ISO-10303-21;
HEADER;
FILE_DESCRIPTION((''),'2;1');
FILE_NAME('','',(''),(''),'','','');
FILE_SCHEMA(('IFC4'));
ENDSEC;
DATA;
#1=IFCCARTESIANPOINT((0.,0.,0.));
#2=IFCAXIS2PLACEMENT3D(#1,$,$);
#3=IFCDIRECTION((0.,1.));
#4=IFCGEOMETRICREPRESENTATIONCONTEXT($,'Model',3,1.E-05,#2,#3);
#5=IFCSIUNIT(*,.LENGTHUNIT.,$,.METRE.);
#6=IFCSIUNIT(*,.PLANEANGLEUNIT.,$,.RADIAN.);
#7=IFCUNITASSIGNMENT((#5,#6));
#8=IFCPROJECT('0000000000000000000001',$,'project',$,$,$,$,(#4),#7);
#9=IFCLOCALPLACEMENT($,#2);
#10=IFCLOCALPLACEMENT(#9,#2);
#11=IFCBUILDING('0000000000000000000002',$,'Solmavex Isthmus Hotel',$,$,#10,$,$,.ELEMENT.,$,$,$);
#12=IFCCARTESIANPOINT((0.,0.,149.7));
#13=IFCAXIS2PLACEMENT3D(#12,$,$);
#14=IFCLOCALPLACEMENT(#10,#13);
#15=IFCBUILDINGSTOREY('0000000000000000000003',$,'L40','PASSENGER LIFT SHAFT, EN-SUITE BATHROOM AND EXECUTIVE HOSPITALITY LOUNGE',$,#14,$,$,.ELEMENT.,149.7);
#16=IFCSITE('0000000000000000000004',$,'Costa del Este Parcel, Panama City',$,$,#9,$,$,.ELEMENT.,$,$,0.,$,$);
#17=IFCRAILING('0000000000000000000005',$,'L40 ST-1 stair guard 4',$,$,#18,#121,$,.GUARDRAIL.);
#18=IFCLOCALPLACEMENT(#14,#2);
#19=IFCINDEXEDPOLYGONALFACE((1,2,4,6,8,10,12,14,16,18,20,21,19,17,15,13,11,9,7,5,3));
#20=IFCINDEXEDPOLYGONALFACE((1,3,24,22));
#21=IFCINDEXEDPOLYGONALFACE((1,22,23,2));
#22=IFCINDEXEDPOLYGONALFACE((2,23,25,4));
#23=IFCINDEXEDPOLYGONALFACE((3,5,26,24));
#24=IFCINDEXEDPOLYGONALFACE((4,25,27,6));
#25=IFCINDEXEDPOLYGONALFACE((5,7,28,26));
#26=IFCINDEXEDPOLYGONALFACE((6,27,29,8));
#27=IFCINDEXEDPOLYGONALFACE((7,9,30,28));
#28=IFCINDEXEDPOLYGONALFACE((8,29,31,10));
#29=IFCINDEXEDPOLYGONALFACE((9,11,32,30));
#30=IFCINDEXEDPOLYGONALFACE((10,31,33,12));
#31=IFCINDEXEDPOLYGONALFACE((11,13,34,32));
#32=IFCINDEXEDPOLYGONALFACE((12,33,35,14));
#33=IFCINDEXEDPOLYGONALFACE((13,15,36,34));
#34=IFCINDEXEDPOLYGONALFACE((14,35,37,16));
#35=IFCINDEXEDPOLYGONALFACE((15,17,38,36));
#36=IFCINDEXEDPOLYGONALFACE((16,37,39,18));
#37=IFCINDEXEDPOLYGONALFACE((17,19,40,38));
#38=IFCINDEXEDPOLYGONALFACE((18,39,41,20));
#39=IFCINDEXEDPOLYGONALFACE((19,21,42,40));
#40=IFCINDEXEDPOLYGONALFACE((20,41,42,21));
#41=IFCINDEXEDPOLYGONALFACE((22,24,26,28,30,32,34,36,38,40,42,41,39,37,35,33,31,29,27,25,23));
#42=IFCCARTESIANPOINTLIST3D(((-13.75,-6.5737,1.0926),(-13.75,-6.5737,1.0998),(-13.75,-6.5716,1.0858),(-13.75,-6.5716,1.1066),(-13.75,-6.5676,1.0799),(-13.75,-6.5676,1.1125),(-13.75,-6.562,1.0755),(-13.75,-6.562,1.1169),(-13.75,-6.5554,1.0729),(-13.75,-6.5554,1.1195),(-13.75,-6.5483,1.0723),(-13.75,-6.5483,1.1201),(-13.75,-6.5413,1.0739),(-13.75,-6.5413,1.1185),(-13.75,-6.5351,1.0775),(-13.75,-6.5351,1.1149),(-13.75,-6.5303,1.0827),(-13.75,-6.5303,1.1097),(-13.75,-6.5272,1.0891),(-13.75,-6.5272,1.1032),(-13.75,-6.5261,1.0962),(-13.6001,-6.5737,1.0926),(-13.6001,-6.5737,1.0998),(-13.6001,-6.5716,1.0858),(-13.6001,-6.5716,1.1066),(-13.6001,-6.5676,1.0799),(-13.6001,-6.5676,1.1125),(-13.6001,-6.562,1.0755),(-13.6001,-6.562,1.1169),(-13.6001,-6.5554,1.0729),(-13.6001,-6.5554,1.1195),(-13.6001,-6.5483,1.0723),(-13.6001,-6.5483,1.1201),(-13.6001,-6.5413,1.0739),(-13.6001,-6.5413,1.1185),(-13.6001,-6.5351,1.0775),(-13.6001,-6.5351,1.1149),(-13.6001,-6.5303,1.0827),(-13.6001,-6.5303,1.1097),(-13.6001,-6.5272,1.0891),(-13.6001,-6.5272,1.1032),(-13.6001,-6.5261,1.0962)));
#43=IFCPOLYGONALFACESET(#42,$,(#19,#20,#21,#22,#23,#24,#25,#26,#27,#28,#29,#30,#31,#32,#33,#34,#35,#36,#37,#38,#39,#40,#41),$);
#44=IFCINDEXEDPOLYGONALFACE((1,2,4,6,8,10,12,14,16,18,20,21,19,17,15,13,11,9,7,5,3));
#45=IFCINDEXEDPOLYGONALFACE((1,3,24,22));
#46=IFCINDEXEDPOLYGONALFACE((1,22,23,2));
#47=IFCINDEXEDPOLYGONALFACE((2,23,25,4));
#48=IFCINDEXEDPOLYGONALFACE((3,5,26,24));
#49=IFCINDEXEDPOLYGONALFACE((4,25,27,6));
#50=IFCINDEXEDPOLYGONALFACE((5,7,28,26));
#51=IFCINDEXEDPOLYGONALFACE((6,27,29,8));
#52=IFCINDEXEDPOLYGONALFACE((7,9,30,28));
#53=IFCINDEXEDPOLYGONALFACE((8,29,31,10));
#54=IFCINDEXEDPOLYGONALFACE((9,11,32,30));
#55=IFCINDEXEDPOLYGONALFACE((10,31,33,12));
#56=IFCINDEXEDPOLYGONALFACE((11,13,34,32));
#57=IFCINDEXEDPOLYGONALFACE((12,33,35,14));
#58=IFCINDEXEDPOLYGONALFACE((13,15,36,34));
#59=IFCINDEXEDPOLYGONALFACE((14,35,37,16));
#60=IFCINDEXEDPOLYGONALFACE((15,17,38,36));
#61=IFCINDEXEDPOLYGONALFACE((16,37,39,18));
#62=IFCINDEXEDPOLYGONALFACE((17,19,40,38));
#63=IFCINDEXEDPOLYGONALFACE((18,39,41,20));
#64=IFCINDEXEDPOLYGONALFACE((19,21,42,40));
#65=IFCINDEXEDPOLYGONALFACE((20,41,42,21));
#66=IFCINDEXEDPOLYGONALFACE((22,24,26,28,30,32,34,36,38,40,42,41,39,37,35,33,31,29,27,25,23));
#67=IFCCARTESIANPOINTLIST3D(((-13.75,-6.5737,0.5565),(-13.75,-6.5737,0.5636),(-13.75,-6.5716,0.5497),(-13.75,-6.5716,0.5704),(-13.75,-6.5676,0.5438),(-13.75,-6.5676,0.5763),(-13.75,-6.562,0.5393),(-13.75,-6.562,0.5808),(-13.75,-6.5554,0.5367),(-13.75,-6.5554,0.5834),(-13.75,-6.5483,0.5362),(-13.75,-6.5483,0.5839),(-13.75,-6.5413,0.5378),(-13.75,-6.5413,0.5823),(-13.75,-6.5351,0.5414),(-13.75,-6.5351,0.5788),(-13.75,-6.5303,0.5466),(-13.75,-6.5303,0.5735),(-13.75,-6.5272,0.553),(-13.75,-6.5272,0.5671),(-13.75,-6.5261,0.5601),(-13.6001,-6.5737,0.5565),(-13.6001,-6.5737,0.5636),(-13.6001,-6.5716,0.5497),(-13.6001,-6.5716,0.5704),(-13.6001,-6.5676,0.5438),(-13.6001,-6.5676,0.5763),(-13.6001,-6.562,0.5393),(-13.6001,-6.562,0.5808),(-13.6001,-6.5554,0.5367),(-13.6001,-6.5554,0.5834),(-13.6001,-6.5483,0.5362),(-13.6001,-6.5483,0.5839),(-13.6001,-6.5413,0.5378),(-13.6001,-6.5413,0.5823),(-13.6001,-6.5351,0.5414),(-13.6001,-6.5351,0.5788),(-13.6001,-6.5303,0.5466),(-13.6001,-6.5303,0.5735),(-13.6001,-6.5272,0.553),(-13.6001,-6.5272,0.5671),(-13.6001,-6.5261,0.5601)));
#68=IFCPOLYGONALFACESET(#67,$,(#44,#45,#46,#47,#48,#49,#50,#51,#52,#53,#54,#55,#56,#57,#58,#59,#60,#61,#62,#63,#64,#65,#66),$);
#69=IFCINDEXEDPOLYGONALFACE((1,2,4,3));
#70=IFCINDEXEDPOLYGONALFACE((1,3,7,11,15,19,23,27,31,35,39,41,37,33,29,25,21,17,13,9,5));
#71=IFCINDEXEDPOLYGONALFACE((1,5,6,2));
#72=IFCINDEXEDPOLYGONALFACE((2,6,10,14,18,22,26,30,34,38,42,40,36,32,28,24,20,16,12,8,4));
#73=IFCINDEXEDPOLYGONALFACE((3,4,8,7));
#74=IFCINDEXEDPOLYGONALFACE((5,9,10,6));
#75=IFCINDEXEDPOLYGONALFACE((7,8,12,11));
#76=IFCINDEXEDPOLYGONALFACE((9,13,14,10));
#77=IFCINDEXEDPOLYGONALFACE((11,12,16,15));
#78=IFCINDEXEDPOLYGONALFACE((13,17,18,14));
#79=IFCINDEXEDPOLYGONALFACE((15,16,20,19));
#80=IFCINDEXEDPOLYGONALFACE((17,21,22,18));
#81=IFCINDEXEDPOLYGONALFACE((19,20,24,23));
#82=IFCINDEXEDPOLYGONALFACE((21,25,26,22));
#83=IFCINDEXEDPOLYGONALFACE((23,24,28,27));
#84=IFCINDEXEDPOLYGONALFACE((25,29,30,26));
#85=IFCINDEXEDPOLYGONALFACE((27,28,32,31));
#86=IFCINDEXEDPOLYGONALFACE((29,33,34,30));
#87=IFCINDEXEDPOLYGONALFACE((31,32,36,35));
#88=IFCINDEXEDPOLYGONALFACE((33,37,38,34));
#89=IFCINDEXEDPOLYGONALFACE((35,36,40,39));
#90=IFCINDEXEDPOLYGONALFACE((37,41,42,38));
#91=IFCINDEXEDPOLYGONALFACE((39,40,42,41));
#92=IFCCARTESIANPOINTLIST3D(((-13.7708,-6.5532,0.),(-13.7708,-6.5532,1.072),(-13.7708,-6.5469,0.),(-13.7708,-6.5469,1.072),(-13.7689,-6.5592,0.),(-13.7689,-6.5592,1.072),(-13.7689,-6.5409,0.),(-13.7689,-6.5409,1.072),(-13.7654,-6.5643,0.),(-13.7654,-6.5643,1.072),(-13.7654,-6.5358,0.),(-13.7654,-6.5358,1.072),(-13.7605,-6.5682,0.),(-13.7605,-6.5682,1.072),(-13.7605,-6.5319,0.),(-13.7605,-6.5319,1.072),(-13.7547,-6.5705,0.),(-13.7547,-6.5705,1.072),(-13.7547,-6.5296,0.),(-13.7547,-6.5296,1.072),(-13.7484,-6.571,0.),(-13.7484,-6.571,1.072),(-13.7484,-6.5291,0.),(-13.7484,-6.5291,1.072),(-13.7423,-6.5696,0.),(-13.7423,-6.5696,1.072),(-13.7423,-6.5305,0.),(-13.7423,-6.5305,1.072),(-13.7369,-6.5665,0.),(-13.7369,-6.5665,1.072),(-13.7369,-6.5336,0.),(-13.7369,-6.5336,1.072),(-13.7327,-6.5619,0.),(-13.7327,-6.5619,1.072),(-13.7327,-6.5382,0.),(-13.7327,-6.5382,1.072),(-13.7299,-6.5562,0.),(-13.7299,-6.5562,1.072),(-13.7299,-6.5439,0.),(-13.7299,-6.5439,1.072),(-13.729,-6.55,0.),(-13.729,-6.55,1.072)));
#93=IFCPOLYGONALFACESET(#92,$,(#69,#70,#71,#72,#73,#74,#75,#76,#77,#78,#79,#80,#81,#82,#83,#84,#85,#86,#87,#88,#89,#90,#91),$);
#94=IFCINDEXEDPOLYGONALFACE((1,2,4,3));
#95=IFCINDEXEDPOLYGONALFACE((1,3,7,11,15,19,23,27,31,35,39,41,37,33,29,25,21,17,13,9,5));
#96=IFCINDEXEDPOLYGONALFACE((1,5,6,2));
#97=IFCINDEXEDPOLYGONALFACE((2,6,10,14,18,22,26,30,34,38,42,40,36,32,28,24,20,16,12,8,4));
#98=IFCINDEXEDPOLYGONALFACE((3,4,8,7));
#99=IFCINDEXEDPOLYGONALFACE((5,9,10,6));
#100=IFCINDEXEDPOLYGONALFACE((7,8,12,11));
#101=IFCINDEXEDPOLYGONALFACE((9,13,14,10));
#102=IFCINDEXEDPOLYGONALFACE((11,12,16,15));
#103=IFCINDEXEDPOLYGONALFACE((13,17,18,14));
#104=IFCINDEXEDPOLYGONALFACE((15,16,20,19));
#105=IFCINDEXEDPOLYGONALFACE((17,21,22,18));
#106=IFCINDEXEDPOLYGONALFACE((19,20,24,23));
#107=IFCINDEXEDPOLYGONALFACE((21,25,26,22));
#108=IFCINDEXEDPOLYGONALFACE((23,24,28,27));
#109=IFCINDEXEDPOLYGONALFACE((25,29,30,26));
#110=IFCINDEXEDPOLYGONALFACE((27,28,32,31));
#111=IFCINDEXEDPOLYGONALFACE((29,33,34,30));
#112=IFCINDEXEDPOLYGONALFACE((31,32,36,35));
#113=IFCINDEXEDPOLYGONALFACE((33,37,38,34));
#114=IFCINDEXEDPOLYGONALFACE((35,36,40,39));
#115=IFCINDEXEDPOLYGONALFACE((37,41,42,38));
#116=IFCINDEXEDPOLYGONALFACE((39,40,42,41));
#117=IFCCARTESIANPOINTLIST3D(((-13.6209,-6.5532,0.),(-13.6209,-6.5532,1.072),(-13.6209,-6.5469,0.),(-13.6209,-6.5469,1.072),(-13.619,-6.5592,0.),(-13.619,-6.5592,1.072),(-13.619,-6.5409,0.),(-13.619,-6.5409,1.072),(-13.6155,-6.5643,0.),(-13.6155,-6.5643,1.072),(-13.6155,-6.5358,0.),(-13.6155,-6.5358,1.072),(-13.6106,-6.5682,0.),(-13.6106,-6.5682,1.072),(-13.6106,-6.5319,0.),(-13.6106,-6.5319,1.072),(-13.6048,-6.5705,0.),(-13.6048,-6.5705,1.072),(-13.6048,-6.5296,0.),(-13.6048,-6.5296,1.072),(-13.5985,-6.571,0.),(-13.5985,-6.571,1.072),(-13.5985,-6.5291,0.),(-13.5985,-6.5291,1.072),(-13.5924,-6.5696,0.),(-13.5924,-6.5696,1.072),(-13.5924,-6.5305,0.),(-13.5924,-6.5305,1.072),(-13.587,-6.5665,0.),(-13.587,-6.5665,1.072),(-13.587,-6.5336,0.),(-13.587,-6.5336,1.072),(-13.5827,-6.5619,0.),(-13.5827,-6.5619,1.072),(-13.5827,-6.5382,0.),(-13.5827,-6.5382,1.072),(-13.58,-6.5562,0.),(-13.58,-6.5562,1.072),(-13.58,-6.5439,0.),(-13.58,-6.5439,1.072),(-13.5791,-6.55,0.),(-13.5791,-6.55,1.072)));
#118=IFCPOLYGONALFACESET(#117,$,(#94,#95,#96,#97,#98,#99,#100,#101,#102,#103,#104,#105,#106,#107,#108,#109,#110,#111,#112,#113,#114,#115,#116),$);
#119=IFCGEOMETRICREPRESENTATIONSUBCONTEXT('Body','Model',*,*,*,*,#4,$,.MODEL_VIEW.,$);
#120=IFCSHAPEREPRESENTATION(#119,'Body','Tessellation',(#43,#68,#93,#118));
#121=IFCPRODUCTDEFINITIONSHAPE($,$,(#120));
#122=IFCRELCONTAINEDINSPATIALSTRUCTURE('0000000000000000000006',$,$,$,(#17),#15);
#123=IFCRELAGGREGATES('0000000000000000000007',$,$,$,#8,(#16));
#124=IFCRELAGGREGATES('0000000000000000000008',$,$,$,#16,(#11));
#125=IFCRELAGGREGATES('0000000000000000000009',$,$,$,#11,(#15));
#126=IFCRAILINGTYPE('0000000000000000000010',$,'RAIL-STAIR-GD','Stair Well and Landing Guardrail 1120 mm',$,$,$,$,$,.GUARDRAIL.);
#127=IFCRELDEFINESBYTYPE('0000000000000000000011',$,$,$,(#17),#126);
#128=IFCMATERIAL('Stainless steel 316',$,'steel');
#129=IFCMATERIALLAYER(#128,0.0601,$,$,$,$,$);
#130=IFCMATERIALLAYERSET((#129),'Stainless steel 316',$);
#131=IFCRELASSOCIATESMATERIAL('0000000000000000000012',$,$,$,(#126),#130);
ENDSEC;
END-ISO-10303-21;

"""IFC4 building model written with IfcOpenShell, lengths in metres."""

from ifc_helpers import new_model, si_unit, direction, frame, origin, origin_2d, place, context, subcontext, project, spatial, circle, extrude, material, layer, layer_set, type_object, element, save


model = new_model("IFC4")

# Units and contexts
model_context = context("Model", 3, precision=1e-05, world=origin(), true_north=direction((0.0, 1.0)))
body_context = subcontext(model_context, "Body", "Model", "MODEL_VIEW")
ifc_project = project(units=[si_unit("LENGTHUNIT", "METRE"), si_unit("PLANEANGLEUNIT", "RADIAN")], contexts=[model_context])

# Site, building, storey
site_placement = place(None, origin())
site = spatial("IfcSite", under=ifc_project, at=site_placement, Name="Costa del Este Parcel, Panama City", CompositionType="ELEMENT", RefElevation=0.0)
building_placement = place(site_placement, origin())
building = spatial("IfcBuilding", under=site, at=building_placement, Name="Solmavex Isthmus Hotel", CompositionType="ELEMENT")
storey_placement = place(building_placement, frame((0.0, 0.0, 149.7)))
storey = spatial("IfcBuildingStorey", under=building, at=storey_placement, Name="L40", Description="PASSENGER LIFT SHAFT, EN-SUITE BATHROOM AND EXECUTIVE HOSPITALITY LOUNGE", CompositionType="ELEMENT", Elevation=149.7)

# Shared definitions
ifc_material_1 = material(Name="Stainless steel 316", Category="steel")

# Railing
ifc_layer_1 = layer(ifc_material_1, 0.0601)
ifc_layer_set_1 = layer_set([ifc_layer_1], Name="Stainless steel 316")
railing_type_1 = type_object("IfcRailingType", Name="RAIL-STAIR-GD", Description="Stair Well and Landing Guardrail 1120 mm", PredefinedType="GUARDRAIL", material=ifc_layer_set_1)
railing_1_placement = place(storey_placement, frame((-13.75, -6.55, 0.0)))
element("IfcRailing", 1, at=railing_1_placement, inside=storey, type_object=railing_type_1, Name="L40 ST-1 stair guard 4", PredefinedType="GUARDRAIL", context=body_context, shape_type="SweptSolid", body=[
    extrude(circle(Radius=0.0239, at=origin_2d()), frame((0.0, 0.0, 1.0962), z_axis=(1.0, 0.0, 0.0), x_axis=(0.0, 1.0, 0.0)), (0.0, 0.0, 1.0), 0.1499),
    extrude(circle(Radius=0.0239, at=origin_2d()), frame((0.0, 0.0, 0.5601), z_axis=(1.0, 0.0, 0.0), x_axis=(0.0, 1.0, 0.0)), (0.0, 0.0, 1.0), 0.1499),
    extrude(circle(Radius=0.021, at=origin_2d()), origin(), (0.0, 0.0, 1.0), 1.072),
    extrude(circle(Radius=0.021, at=origin_2d()), frame((0.1499, 0.0, 0.0)), (0.0, 0.0, 1.0), 1.072),
])

save(model, "model.ifc")
